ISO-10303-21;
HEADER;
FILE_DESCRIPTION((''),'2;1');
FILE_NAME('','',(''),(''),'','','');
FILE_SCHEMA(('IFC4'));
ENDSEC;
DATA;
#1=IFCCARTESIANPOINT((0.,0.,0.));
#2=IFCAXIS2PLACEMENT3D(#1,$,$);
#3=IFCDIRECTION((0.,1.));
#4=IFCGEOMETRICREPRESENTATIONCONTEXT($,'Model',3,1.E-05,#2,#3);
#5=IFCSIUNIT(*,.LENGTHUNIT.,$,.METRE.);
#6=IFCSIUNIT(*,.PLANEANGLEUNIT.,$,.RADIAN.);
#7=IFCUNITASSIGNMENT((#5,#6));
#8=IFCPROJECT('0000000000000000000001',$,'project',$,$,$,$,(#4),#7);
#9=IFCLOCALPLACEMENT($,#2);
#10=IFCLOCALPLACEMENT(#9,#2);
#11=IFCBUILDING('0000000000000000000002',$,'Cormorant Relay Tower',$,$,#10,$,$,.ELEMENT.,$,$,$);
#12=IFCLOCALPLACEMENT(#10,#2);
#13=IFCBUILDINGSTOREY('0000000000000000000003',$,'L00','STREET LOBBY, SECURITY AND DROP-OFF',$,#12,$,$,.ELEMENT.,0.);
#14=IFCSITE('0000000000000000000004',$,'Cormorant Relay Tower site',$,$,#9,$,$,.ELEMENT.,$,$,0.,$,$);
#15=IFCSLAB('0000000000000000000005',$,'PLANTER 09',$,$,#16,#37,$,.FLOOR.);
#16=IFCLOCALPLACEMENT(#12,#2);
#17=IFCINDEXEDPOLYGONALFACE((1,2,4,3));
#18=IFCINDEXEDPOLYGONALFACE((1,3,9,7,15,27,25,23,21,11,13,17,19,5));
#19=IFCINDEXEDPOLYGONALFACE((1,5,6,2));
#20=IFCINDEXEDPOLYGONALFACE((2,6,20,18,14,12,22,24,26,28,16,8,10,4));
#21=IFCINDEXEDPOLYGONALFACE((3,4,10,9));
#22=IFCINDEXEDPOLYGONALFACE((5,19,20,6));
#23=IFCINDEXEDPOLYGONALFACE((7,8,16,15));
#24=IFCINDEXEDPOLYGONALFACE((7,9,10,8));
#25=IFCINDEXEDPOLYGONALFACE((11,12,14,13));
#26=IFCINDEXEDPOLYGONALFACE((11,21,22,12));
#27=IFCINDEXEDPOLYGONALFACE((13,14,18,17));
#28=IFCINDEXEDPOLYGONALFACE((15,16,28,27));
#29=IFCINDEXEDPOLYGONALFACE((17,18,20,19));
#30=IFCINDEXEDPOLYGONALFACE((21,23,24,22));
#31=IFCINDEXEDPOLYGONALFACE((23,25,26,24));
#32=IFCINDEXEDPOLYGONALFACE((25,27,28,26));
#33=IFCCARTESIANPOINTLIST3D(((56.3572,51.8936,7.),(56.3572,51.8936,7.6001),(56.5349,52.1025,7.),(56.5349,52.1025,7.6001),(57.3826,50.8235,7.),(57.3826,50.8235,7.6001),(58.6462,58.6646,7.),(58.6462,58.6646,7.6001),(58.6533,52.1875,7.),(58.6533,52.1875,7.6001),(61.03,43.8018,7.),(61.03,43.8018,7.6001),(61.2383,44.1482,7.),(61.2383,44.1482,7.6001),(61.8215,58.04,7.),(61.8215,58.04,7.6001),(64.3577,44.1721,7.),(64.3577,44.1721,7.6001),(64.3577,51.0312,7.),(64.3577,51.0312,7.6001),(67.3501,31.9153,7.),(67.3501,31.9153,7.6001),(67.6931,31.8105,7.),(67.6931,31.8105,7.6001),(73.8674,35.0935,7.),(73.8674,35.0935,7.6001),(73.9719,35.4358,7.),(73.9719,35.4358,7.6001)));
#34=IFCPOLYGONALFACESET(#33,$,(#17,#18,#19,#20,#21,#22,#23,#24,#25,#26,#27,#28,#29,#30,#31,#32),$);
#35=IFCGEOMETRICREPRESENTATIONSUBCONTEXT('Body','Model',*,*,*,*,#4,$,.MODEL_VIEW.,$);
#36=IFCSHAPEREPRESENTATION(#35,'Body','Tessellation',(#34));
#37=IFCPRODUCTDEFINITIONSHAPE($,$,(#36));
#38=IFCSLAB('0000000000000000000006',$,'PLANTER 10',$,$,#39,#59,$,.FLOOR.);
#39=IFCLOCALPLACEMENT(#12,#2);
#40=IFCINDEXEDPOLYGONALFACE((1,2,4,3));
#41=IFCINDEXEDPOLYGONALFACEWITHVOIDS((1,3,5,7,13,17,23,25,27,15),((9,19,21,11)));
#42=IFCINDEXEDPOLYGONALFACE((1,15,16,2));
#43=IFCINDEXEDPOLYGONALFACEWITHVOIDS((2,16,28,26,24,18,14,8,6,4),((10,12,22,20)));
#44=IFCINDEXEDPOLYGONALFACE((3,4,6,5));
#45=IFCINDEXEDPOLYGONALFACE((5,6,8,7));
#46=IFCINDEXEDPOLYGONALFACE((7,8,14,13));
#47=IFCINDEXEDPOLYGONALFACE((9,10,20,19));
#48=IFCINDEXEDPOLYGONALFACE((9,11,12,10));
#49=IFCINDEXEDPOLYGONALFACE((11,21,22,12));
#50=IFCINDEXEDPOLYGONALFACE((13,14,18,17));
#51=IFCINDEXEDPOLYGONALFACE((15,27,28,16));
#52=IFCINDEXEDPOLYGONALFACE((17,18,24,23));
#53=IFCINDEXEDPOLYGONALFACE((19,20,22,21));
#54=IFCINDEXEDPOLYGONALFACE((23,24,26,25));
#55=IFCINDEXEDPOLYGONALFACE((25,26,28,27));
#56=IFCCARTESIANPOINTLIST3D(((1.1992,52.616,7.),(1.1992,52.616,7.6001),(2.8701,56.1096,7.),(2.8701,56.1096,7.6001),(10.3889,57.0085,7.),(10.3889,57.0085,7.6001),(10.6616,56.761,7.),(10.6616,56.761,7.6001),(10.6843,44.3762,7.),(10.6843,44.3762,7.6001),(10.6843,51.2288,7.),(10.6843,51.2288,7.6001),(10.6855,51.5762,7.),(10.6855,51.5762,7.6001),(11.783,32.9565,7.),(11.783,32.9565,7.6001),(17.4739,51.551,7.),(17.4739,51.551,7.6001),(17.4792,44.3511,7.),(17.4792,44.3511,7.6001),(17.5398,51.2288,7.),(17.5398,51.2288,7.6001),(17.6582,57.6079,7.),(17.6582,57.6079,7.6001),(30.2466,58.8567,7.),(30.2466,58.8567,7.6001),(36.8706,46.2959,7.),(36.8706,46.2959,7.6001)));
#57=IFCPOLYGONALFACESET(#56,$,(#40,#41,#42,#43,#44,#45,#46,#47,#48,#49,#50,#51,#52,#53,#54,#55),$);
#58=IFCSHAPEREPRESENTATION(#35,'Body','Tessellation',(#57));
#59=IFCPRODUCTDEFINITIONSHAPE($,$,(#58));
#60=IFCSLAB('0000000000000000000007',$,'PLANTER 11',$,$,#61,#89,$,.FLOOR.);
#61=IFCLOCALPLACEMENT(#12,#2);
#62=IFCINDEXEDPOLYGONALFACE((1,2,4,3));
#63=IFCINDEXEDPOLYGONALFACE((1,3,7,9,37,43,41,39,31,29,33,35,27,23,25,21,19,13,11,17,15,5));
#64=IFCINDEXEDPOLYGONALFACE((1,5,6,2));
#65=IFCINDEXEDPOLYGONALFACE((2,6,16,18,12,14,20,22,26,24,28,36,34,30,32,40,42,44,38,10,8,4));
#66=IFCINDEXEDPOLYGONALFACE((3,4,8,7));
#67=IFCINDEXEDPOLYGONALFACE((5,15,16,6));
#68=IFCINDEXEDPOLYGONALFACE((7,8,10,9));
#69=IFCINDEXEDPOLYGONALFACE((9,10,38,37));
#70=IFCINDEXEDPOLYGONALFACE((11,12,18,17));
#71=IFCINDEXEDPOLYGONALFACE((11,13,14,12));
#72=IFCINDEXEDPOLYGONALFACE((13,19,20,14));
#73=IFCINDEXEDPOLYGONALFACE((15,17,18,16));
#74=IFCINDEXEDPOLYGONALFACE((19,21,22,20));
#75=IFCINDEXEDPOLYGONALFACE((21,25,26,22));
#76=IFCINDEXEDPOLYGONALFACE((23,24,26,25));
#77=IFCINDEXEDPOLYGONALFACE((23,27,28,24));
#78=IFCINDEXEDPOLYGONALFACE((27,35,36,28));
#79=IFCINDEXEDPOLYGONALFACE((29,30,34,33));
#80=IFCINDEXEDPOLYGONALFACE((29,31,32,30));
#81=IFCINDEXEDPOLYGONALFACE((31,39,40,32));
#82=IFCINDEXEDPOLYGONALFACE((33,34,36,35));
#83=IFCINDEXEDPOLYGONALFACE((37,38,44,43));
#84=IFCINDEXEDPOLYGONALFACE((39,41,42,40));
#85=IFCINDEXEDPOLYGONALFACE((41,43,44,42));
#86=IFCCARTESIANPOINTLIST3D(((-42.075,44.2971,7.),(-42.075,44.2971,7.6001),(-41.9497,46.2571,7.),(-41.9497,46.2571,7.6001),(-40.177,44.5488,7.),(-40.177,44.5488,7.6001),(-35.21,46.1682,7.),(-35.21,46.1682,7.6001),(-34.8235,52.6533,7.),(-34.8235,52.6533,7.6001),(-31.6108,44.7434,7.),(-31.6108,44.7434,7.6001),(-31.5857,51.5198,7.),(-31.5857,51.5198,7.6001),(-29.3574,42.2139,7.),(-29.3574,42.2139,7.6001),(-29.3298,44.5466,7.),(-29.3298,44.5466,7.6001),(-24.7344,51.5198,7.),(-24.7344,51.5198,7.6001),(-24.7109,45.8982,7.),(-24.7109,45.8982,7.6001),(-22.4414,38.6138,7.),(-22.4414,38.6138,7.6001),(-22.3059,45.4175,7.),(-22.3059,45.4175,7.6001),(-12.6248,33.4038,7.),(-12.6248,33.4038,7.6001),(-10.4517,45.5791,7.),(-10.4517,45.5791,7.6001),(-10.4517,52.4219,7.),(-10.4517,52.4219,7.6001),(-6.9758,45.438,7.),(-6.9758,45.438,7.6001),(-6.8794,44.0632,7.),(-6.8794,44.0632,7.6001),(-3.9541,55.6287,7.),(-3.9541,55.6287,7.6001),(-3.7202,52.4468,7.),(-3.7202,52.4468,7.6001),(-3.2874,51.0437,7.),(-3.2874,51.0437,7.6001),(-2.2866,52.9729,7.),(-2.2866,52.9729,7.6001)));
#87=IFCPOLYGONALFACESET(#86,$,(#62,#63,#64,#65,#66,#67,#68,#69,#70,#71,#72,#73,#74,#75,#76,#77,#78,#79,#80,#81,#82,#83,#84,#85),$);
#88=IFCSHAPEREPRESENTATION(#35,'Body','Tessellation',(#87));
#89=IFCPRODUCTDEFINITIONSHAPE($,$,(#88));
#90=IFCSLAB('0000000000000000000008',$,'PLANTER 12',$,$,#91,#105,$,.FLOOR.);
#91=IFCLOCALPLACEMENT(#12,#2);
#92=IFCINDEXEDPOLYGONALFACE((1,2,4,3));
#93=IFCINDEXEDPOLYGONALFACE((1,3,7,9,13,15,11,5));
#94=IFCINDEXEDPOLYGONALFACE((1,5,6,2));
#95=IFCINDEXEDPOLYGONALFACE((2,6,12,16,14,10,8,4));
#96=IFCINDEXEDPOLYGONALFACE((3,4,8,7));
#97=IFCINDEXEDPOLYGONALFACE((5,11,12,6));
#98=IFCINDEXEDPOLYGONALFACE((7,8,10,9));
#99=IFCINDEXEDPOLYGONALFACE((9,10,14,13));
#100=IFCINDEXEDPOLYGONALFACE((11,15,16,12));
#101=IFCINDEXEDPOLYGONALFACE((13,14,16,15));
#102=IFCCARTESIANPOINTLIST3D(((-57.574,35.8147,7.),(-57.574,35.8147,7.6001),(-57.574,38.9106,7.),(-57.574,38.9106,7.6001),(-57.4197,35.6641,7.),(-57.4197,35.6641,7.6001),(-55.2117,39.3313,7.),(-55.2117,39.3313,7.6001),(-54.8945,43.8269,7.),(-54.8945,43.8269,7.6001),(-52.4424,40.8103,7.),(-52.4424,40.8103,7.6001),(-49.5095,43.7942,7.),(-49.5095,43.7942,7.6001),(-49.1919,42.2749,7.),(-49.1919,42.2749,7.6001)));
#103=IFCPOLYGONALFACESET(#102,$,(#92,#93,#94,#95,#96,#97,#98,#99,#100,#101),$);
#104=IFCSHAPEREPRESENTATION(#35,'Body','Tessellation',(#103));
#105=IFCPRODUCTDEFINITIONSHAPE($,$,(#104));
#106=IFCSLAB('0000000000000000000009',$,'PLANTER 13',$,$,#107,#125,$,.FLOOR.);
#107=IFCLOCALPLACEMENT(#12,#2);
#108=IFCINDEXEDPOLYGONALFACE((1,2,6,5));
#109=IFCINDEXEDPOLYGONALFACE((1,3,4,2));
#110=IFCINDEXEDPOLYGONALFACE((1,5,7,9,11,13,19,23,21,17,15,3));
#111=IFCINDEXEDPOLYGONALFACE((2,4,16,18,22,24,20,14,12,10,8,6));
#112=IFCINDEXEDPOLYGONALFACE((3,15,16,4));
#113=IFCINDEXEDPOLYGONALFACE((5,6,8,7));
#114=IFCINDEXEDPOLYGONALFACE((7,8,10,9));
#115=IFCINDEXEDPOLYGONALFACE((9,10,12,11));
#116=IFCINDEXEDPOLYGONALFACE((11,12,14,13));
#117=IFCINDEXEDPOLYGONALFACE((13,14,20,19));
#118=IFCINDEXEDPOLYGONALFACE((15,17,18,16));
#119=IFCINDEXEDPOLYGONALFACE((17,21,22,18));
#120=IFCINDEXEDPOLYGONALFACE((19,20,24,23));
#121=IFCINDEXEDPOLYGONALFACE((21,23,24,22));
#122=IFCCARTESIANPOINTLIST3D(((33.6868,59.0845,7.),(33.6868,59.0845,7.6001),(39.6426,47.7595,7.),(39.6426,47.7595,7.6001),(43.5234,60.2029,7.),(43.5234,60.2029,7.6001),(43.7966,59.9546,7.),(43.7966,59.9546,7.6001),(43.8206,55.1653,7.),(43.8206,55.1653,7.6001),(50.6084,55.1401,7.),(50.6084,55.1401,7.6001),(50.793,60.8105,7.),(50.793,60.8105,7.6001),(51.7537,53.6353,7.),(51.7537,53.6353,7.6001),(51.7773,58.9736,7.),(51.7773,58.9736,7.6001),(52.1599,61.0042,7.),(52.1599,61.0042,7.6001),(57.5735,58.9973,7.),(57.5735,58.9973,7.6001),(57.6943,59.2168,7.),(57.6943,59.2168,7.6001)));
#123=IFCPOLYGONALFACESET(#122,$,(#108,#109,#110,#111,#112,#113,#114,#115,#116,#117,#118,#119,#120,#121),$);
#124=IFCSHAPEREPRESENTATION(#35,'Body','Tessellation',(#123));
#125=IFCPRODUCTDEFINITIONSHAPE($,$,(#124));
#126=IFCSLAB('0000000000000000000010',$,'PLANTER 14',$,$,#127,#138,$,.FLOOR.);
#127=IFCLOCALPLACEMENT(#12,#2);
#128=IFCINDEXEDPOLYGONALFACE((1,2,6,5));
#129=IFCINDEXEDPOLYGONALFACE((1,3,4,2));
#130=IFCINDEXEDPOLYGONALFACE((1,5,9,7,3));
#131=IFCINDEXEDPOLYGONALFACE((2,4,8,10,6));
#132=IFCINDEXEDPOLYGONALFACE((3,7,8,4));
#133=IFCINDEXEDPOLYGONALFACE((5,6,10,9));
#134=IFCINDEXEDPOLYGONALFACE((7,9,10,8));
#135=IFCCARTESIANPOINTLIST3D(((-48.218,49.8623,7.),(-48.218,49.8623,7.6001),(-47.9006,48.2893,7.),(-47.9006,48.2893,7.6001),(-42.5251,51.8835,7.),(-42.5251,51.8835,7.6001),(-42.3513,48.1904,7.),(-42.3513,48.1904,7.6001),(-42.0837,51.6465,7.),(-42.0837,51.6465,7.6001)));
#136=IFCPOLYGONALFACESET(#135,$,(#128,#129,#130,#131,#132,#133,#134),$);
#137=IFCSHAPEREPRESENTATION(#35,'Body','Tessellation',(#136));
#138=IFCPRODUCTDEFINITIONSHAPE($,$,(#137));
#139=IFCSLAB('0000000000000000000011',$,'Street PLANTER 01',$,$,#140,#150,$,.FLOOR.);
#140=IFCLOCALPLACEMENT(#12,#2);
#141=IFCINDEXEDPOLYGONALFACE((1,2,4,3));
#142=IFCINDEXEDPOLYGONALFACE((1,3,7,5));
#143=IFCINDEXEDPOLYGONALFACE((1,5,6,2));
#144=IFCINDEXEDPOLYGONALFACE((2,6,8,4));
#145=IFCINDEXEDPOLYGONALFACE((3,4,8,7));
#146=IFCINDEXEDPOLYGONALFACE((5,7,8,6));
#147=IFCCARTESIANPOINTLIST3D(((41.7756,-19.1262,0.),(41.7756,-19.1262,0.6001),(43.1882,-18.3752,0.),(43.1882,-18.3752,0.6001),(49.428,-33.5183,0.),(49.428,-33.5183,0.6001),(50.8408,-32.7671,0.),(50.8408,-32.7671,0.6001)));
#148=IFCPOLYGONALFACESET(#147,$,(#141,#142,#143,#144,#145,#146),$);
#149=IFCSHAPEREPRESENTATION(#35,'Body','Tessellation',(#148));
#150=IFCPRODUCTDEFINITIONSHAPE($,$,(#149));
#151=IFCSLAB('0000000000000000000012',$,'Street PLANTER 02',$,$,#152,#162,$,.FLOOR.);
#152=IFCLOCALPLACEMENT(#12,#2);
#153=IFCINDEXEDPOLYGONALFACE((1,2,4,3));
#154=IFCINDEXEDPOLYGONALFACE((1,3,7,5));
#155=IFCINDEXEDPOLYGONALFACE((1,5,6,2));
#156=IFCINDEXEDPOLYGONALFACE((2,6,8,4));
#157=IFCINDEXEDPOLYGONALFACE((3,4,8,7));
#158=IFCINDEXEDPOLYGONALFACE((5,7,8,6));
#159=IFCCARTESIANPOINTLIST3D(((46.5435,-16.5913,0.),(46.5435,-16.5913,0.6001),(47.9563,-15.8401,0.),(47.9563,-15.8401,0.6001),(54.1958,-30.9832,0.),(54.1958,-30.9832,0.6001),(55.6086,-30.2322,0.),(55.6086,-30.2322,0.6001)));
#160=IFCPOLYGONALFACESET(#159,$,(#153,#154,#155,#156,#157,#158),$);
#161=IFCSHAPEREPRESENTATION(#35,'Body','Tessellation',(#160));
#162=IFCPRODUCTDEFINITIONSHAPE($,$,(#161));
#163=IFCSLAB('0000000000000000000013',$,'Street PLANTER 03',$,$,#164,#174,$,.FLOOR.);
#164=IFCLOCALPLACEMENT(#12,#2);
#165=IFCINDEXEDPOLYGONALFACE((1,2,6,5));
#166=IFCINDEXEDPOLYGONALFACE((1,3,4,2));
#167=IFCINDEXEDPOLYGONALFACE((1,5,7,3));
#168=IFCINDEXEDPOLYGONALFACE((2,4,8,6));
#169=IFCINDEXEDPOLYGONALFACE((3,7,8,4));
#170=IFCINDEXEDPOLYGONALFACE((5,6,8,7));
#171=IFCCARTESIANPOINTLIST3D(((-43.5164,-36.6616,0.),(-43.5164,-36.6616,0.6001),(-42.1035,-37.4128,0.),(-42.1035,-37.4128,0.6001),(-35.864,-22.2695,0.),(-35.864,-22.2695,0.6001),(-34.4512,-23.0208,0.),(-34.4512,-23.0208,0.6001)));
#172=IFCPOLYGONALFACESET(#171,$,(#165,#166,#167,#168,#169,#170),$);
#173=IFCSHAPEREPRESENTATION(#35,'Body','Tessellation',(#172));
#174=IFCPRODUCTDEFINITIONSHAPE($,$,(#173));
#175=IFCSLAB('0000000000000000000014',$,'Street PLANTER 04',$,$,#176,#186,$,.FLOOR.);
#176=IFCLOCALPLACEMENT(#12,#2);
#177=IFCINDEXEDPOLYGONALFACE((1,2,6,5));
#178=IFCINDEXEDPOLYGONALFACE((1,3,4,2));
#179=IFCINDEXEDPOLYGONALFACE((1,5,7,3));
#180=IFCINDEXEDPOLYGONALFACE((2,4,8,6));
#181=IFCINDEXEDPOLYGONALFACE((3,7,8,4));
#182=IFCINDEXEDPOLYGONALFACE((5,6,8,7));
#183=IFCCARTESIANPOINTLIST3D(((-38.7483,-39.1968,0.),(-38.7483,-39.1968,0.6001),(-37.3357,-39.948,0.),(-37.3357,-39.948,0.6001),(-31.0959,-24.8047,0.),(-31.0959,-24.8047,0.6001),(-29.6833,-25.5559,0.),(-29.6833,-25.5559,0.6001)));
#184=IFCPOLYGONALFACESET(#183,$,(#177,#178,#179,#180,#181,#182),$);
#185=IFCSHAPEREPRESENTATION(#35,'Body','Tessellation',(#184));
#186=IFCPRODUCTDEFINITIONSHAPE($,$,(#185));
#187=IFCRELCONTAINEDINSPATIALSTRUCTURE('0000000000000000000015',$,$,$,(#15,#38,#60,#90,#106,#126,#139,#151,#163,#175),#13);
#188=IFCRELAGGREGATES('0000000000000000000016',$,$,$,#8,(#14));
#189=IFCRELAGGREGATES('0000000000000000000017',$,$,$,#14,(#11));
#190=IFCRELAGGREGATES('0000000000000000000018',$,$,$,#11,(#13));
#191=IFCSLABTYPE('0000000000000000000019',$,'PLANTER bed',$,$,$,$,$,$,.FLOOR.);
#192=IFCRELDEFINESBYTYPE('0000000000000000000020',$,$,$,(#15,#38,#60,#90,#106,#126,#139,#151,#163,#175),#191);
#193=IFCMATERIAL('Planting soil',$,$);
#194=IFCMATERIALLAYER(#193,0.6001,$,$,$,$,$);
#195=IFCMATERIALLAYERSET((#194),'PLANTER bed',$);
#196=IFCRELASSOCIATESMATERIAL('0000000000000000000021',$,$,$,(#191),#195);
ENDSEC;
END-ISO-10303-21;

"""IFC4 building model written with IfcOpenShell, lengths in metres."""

from ifc_helpers import new_model, si_unit, direction, frame, origin, place, context, subcontext, project, spatial, polyline, outline, extrude, material, layer, layer_set, type_object, element, save


model = new_model("IFC4")

# Units and contexts
model_context = context("Model", 3, precision=1e-05, world=origin(), true_north=direction((0.0, 1.0)))
body_context = subcontext(model_context, "Body", "Model", "MODEL_VIEW")
ifc_project = project(units=[si_unit("LENGTHUNIT", "METRE"), si_unit("PLANEANGLEUNIT", "RADIAN")], contexts=[model_context])

# Site, building, storey
site_placement = place(None, origin())
site = spatial("IfcSite", under=ifc_project, at=site_placement, Name="Cormorant Relay Tower site", CompositionType="ELEMENT", RefElevation=0.0)
building_placement = place(site_placement, origin())
building = spatial("IfcBuilding", under=site, at=building_placement, Name="Cormorant Relay Tower", CompositionType="ELEMENT")
storey_placement = place(building_placement, origin())
storey = spatial("IfcBuildingStorey", under=building, at=storey_placement, Name="L00", Description="STREET LOBBY, SECURITY AND DROP-OFF", CompositionType="ELEMENT", Elevation=0.0)

# Slabs
ifc_material_1 = material(Name="Planting soil")
ifc_layer_1 = layer(ifc_material_1, 0.6001)
ifc_layer_set_1 = layer_set([ifc_layer_1], Name="PLANTER bed")
slab_type_1 = type_object("IfcSlabType", Name="PLANTER bed", PredefinedType="FLOOR", material=ifc_layer_set_1)
slab_1_placement = place(storey_placement, frame((0.0, 0.0, 7.0)))
element("IfcSlab", 1, at=slab_1_placement, inside=storey, type_object=slab_type_1, Name="PLANTER 09", PredefinedType="FLOOR", context=body_context, shape_type="SweptSolid", body=[
    extrude(outline(polyline([(67.6931, 31.8105), (73.8674, 35.0935), (73.9719, 35.4358), (61.8215, 58.04), (58.6462, 58.6646), (58.6533, 52.1875), (56.5349, 52.1025), (56.3572, 51.8936), (57.3826, 50.8235), (64.3577, 51.0312), (64.3577, 44.1721), (61.2383, 44.1482), (61.03, 43.8018), (67.3501, 31.9153), (67.6931, 31.8105)])), origin(), (0.0, 0.0, 1.0), 0.6001),
])
slab_2_placement = place(storey_placement, frame((0.0, 0.0, 7.0)))
element("IfcSlab", 2, at=slab_2_placement, inside=storey, type_object=slab_type_1, Name="PLANTER 10", PredefinedType="FLOOR", context=body_context, shape_type="SweptSolid", body=[
    extrude(outline(polyline([(11.783, 32.9565), (36.8706, 46.2959), (30.2466, 58.8567), (17.6582, 57.6079), (17.4739, 51.551), (10.6855, 51.5762), (10.6616, 56.761), (10.3889, 57.0085), (2.8701, 56.1096), (1.1992, 52.616), (11.783, 32.9565)]), holes=[polyline([(17.4792, 44.3511), (17.5398, 51.2288), (10.6843, 51.2288), (10.6843, 44.3762), (17.4792, 44.3511)])]), origin(), (0.0, 0.0, 1.0), 0.6001),
])
slab_3_placement = place(storey_placement, frame((0.0, 0.0, 7.0)))
element("IfcSlab", 3, at=slab_3_placement, inside=storey, type_object=slab_type_1, Name="PLANTER 11", PredefinedType="FLOOR", context=body_context, shape_type="SweptSolid", body=[
    extrude(outline(polyline([(-12.6248, 33.4038), (-6.8794, 44.0632), (-6.9758, 45.438), (-10.4517, 45.5791), (-10.4517, 52.4219), (-3.7202, 52.4468), (-3.2874, 51.0437), (-2.2866, 52.9729), (-3.9541, 55.6287), (-34.8235, 52.6533), (-35.21, 46.1682), (-41.9497, 46.2571), (-42.075, 44.2971), (-40.177, 44.5488), (-29.3574, 42.2139), (-29.3298, 44.5466), (-31.6108, 44.7434), (-31.5857, 51.5198), (-24.7344, 51.5198), (-24.7109, 45.8982), (-22.3059, 45.4175), (-22.4414, 38.6138), (-12.6248, 33.4038)])), origin(), (0.0, 0.0, 1.0), 0.6001),
])
slab_4_placement = place(storey_placement, frame((0.0, 0.0, 7.0)))
element("IfcSlab", 4, at=slab_4_placement, inside=storey, type_object=slab_type_1, Name="PLANTER 12", PredefinedType="FLOOR", context=body_context, shape_type="SweptSolid", body=[
    extrude(outline(polyline([(-57.4197, 35.6641), (-52.4424, 40.8103), (-49.1919, 42.2749), (-49.5095, 43.7942), (-54.8945, 43.8269), (-55.2117, 39.3313), (-57.574, 38.9106), (-57.574, 35.8147), (-57.4197, 35.6641)])), origin(), (0.0, 0.0, 1.0), 0.6001),
])
slab_5_placement = place(storey_placement, frame((0.0, 0.0, 7.0)))
element("IfcSlab", 5, at=slab_5_placement, inside=storey, type_object=slab_type_1, Name="PLANTER 13", PredefinedType="FLOOR", context=body_context, shape_type="SweptSolid", body=[
    extrude(outline(polyline([(39.6426, 47.7595), (51.7537, 53.6353), (51.7773, 58.9736), (57.5735, 58.9973), (57.6943, 59.2168), (52.1599, 61.0042), (50.793, 60.8105), (50.6084, 55.1401), (43.8206, 55.1653), (43.7966, 59.9546), (43.5234, 60.2029), (33.6868, 59.0845), (39.6426, 47.7595)])), origin(), (0.0, 0.0, 1.0), 0.6001),
])
slab_6_placement = place(storey_placement, frame((0.0, 0.0, 7.0)))
element("IfcSlab", 6, at=slab_6_placement, inside=storey, type_object=slab_type_1, Name="PLANTER 14", PredefinedType="FLOOR", context=body_context, shape_type="SweptSolid", body=[
    extrude(outline(polyline([(-42.3513, 48.1904), (-42.0837, 51.6465), (-42.5251, 51.8835), (-48.218, 49.8623), (-47.9006, 48.2893), (-42.3513, 48.1904)])), origin(), (0.0, 0.0, 1.0), 0.6001),
])
slab_7_placement = place(storey_placement, origin())
element("IfcSlab", 7, at=slab_7_placement, inside=storey, type_object=slab_type_1, Name="Street PLANTER 01", PredefinedType="FLOOR", context=body_context, shape_type="SweptSolid", body=[
    extrude(outline(polyline([(49.428, -33.5183), (50.8408, -32.7671), (43.1882, -18.3752), (41.7756, -19.1262), (49.428, -33.5183)])), origin(), (0.0, 0.0, 1.0), 0.6001),
])
slab_8_placement = place(storey_placement, origin())
element("IfcSlab", 8, at=slab_8_placement, inside=storey, type_object=slab_type_1, Name="Street PLANTER 02", PredefinedType="FLOOR", context=body_context, shape_type="SweptSolid", body=[
    extrude(outline(polyline([(54.1958, -30.9832), (55.6086, -30.2322), (47.9563, -15.8401), (46.5435, -16.5913), (54.1958, -30.9832)])), origin(), (0.0, 0.0, 1.0), 0.6001),
])
slab_9_placement = place(storey_placement, origin())
element("IfcSlab", 9, at=slab_9_placement, inside=storey, type_object=slab_type_1, Name="Street PLANTER 03", PredefinedType="FLOOR", context=body_context, shape_type="SweptSolid", body=[
    extrude(outline(polyline([(-42.1035, -37.4128), (-34.4512, -23.0208), (-35.864, -22.2695), (-43.5164, -36.6616), (-42.1035, -37.4128)])), origin(), (0.0, 0.0, 1.0), 0.6001),
])
slab_10_placement = place(storey_placement, origin())
element("IfcSlab", 10, at=slab_10_placement, inside=storey, type_object=slab_type_1, Name="Street PLANTER 04", PredefinedType="FLOOR", context=body_context, shape_type="SweptSolid", body=[
    extrude(outline(polyline([(-37.3357, -39.948), (-29.6833, -25.5559), (-31.0959, -24.8047), (-38.7483, -39.1968), (-37.3357, -39.948)])), origin(), (0.0, 0.0, 1.0), 0.6001),
])

save(model, "model.ifc")
